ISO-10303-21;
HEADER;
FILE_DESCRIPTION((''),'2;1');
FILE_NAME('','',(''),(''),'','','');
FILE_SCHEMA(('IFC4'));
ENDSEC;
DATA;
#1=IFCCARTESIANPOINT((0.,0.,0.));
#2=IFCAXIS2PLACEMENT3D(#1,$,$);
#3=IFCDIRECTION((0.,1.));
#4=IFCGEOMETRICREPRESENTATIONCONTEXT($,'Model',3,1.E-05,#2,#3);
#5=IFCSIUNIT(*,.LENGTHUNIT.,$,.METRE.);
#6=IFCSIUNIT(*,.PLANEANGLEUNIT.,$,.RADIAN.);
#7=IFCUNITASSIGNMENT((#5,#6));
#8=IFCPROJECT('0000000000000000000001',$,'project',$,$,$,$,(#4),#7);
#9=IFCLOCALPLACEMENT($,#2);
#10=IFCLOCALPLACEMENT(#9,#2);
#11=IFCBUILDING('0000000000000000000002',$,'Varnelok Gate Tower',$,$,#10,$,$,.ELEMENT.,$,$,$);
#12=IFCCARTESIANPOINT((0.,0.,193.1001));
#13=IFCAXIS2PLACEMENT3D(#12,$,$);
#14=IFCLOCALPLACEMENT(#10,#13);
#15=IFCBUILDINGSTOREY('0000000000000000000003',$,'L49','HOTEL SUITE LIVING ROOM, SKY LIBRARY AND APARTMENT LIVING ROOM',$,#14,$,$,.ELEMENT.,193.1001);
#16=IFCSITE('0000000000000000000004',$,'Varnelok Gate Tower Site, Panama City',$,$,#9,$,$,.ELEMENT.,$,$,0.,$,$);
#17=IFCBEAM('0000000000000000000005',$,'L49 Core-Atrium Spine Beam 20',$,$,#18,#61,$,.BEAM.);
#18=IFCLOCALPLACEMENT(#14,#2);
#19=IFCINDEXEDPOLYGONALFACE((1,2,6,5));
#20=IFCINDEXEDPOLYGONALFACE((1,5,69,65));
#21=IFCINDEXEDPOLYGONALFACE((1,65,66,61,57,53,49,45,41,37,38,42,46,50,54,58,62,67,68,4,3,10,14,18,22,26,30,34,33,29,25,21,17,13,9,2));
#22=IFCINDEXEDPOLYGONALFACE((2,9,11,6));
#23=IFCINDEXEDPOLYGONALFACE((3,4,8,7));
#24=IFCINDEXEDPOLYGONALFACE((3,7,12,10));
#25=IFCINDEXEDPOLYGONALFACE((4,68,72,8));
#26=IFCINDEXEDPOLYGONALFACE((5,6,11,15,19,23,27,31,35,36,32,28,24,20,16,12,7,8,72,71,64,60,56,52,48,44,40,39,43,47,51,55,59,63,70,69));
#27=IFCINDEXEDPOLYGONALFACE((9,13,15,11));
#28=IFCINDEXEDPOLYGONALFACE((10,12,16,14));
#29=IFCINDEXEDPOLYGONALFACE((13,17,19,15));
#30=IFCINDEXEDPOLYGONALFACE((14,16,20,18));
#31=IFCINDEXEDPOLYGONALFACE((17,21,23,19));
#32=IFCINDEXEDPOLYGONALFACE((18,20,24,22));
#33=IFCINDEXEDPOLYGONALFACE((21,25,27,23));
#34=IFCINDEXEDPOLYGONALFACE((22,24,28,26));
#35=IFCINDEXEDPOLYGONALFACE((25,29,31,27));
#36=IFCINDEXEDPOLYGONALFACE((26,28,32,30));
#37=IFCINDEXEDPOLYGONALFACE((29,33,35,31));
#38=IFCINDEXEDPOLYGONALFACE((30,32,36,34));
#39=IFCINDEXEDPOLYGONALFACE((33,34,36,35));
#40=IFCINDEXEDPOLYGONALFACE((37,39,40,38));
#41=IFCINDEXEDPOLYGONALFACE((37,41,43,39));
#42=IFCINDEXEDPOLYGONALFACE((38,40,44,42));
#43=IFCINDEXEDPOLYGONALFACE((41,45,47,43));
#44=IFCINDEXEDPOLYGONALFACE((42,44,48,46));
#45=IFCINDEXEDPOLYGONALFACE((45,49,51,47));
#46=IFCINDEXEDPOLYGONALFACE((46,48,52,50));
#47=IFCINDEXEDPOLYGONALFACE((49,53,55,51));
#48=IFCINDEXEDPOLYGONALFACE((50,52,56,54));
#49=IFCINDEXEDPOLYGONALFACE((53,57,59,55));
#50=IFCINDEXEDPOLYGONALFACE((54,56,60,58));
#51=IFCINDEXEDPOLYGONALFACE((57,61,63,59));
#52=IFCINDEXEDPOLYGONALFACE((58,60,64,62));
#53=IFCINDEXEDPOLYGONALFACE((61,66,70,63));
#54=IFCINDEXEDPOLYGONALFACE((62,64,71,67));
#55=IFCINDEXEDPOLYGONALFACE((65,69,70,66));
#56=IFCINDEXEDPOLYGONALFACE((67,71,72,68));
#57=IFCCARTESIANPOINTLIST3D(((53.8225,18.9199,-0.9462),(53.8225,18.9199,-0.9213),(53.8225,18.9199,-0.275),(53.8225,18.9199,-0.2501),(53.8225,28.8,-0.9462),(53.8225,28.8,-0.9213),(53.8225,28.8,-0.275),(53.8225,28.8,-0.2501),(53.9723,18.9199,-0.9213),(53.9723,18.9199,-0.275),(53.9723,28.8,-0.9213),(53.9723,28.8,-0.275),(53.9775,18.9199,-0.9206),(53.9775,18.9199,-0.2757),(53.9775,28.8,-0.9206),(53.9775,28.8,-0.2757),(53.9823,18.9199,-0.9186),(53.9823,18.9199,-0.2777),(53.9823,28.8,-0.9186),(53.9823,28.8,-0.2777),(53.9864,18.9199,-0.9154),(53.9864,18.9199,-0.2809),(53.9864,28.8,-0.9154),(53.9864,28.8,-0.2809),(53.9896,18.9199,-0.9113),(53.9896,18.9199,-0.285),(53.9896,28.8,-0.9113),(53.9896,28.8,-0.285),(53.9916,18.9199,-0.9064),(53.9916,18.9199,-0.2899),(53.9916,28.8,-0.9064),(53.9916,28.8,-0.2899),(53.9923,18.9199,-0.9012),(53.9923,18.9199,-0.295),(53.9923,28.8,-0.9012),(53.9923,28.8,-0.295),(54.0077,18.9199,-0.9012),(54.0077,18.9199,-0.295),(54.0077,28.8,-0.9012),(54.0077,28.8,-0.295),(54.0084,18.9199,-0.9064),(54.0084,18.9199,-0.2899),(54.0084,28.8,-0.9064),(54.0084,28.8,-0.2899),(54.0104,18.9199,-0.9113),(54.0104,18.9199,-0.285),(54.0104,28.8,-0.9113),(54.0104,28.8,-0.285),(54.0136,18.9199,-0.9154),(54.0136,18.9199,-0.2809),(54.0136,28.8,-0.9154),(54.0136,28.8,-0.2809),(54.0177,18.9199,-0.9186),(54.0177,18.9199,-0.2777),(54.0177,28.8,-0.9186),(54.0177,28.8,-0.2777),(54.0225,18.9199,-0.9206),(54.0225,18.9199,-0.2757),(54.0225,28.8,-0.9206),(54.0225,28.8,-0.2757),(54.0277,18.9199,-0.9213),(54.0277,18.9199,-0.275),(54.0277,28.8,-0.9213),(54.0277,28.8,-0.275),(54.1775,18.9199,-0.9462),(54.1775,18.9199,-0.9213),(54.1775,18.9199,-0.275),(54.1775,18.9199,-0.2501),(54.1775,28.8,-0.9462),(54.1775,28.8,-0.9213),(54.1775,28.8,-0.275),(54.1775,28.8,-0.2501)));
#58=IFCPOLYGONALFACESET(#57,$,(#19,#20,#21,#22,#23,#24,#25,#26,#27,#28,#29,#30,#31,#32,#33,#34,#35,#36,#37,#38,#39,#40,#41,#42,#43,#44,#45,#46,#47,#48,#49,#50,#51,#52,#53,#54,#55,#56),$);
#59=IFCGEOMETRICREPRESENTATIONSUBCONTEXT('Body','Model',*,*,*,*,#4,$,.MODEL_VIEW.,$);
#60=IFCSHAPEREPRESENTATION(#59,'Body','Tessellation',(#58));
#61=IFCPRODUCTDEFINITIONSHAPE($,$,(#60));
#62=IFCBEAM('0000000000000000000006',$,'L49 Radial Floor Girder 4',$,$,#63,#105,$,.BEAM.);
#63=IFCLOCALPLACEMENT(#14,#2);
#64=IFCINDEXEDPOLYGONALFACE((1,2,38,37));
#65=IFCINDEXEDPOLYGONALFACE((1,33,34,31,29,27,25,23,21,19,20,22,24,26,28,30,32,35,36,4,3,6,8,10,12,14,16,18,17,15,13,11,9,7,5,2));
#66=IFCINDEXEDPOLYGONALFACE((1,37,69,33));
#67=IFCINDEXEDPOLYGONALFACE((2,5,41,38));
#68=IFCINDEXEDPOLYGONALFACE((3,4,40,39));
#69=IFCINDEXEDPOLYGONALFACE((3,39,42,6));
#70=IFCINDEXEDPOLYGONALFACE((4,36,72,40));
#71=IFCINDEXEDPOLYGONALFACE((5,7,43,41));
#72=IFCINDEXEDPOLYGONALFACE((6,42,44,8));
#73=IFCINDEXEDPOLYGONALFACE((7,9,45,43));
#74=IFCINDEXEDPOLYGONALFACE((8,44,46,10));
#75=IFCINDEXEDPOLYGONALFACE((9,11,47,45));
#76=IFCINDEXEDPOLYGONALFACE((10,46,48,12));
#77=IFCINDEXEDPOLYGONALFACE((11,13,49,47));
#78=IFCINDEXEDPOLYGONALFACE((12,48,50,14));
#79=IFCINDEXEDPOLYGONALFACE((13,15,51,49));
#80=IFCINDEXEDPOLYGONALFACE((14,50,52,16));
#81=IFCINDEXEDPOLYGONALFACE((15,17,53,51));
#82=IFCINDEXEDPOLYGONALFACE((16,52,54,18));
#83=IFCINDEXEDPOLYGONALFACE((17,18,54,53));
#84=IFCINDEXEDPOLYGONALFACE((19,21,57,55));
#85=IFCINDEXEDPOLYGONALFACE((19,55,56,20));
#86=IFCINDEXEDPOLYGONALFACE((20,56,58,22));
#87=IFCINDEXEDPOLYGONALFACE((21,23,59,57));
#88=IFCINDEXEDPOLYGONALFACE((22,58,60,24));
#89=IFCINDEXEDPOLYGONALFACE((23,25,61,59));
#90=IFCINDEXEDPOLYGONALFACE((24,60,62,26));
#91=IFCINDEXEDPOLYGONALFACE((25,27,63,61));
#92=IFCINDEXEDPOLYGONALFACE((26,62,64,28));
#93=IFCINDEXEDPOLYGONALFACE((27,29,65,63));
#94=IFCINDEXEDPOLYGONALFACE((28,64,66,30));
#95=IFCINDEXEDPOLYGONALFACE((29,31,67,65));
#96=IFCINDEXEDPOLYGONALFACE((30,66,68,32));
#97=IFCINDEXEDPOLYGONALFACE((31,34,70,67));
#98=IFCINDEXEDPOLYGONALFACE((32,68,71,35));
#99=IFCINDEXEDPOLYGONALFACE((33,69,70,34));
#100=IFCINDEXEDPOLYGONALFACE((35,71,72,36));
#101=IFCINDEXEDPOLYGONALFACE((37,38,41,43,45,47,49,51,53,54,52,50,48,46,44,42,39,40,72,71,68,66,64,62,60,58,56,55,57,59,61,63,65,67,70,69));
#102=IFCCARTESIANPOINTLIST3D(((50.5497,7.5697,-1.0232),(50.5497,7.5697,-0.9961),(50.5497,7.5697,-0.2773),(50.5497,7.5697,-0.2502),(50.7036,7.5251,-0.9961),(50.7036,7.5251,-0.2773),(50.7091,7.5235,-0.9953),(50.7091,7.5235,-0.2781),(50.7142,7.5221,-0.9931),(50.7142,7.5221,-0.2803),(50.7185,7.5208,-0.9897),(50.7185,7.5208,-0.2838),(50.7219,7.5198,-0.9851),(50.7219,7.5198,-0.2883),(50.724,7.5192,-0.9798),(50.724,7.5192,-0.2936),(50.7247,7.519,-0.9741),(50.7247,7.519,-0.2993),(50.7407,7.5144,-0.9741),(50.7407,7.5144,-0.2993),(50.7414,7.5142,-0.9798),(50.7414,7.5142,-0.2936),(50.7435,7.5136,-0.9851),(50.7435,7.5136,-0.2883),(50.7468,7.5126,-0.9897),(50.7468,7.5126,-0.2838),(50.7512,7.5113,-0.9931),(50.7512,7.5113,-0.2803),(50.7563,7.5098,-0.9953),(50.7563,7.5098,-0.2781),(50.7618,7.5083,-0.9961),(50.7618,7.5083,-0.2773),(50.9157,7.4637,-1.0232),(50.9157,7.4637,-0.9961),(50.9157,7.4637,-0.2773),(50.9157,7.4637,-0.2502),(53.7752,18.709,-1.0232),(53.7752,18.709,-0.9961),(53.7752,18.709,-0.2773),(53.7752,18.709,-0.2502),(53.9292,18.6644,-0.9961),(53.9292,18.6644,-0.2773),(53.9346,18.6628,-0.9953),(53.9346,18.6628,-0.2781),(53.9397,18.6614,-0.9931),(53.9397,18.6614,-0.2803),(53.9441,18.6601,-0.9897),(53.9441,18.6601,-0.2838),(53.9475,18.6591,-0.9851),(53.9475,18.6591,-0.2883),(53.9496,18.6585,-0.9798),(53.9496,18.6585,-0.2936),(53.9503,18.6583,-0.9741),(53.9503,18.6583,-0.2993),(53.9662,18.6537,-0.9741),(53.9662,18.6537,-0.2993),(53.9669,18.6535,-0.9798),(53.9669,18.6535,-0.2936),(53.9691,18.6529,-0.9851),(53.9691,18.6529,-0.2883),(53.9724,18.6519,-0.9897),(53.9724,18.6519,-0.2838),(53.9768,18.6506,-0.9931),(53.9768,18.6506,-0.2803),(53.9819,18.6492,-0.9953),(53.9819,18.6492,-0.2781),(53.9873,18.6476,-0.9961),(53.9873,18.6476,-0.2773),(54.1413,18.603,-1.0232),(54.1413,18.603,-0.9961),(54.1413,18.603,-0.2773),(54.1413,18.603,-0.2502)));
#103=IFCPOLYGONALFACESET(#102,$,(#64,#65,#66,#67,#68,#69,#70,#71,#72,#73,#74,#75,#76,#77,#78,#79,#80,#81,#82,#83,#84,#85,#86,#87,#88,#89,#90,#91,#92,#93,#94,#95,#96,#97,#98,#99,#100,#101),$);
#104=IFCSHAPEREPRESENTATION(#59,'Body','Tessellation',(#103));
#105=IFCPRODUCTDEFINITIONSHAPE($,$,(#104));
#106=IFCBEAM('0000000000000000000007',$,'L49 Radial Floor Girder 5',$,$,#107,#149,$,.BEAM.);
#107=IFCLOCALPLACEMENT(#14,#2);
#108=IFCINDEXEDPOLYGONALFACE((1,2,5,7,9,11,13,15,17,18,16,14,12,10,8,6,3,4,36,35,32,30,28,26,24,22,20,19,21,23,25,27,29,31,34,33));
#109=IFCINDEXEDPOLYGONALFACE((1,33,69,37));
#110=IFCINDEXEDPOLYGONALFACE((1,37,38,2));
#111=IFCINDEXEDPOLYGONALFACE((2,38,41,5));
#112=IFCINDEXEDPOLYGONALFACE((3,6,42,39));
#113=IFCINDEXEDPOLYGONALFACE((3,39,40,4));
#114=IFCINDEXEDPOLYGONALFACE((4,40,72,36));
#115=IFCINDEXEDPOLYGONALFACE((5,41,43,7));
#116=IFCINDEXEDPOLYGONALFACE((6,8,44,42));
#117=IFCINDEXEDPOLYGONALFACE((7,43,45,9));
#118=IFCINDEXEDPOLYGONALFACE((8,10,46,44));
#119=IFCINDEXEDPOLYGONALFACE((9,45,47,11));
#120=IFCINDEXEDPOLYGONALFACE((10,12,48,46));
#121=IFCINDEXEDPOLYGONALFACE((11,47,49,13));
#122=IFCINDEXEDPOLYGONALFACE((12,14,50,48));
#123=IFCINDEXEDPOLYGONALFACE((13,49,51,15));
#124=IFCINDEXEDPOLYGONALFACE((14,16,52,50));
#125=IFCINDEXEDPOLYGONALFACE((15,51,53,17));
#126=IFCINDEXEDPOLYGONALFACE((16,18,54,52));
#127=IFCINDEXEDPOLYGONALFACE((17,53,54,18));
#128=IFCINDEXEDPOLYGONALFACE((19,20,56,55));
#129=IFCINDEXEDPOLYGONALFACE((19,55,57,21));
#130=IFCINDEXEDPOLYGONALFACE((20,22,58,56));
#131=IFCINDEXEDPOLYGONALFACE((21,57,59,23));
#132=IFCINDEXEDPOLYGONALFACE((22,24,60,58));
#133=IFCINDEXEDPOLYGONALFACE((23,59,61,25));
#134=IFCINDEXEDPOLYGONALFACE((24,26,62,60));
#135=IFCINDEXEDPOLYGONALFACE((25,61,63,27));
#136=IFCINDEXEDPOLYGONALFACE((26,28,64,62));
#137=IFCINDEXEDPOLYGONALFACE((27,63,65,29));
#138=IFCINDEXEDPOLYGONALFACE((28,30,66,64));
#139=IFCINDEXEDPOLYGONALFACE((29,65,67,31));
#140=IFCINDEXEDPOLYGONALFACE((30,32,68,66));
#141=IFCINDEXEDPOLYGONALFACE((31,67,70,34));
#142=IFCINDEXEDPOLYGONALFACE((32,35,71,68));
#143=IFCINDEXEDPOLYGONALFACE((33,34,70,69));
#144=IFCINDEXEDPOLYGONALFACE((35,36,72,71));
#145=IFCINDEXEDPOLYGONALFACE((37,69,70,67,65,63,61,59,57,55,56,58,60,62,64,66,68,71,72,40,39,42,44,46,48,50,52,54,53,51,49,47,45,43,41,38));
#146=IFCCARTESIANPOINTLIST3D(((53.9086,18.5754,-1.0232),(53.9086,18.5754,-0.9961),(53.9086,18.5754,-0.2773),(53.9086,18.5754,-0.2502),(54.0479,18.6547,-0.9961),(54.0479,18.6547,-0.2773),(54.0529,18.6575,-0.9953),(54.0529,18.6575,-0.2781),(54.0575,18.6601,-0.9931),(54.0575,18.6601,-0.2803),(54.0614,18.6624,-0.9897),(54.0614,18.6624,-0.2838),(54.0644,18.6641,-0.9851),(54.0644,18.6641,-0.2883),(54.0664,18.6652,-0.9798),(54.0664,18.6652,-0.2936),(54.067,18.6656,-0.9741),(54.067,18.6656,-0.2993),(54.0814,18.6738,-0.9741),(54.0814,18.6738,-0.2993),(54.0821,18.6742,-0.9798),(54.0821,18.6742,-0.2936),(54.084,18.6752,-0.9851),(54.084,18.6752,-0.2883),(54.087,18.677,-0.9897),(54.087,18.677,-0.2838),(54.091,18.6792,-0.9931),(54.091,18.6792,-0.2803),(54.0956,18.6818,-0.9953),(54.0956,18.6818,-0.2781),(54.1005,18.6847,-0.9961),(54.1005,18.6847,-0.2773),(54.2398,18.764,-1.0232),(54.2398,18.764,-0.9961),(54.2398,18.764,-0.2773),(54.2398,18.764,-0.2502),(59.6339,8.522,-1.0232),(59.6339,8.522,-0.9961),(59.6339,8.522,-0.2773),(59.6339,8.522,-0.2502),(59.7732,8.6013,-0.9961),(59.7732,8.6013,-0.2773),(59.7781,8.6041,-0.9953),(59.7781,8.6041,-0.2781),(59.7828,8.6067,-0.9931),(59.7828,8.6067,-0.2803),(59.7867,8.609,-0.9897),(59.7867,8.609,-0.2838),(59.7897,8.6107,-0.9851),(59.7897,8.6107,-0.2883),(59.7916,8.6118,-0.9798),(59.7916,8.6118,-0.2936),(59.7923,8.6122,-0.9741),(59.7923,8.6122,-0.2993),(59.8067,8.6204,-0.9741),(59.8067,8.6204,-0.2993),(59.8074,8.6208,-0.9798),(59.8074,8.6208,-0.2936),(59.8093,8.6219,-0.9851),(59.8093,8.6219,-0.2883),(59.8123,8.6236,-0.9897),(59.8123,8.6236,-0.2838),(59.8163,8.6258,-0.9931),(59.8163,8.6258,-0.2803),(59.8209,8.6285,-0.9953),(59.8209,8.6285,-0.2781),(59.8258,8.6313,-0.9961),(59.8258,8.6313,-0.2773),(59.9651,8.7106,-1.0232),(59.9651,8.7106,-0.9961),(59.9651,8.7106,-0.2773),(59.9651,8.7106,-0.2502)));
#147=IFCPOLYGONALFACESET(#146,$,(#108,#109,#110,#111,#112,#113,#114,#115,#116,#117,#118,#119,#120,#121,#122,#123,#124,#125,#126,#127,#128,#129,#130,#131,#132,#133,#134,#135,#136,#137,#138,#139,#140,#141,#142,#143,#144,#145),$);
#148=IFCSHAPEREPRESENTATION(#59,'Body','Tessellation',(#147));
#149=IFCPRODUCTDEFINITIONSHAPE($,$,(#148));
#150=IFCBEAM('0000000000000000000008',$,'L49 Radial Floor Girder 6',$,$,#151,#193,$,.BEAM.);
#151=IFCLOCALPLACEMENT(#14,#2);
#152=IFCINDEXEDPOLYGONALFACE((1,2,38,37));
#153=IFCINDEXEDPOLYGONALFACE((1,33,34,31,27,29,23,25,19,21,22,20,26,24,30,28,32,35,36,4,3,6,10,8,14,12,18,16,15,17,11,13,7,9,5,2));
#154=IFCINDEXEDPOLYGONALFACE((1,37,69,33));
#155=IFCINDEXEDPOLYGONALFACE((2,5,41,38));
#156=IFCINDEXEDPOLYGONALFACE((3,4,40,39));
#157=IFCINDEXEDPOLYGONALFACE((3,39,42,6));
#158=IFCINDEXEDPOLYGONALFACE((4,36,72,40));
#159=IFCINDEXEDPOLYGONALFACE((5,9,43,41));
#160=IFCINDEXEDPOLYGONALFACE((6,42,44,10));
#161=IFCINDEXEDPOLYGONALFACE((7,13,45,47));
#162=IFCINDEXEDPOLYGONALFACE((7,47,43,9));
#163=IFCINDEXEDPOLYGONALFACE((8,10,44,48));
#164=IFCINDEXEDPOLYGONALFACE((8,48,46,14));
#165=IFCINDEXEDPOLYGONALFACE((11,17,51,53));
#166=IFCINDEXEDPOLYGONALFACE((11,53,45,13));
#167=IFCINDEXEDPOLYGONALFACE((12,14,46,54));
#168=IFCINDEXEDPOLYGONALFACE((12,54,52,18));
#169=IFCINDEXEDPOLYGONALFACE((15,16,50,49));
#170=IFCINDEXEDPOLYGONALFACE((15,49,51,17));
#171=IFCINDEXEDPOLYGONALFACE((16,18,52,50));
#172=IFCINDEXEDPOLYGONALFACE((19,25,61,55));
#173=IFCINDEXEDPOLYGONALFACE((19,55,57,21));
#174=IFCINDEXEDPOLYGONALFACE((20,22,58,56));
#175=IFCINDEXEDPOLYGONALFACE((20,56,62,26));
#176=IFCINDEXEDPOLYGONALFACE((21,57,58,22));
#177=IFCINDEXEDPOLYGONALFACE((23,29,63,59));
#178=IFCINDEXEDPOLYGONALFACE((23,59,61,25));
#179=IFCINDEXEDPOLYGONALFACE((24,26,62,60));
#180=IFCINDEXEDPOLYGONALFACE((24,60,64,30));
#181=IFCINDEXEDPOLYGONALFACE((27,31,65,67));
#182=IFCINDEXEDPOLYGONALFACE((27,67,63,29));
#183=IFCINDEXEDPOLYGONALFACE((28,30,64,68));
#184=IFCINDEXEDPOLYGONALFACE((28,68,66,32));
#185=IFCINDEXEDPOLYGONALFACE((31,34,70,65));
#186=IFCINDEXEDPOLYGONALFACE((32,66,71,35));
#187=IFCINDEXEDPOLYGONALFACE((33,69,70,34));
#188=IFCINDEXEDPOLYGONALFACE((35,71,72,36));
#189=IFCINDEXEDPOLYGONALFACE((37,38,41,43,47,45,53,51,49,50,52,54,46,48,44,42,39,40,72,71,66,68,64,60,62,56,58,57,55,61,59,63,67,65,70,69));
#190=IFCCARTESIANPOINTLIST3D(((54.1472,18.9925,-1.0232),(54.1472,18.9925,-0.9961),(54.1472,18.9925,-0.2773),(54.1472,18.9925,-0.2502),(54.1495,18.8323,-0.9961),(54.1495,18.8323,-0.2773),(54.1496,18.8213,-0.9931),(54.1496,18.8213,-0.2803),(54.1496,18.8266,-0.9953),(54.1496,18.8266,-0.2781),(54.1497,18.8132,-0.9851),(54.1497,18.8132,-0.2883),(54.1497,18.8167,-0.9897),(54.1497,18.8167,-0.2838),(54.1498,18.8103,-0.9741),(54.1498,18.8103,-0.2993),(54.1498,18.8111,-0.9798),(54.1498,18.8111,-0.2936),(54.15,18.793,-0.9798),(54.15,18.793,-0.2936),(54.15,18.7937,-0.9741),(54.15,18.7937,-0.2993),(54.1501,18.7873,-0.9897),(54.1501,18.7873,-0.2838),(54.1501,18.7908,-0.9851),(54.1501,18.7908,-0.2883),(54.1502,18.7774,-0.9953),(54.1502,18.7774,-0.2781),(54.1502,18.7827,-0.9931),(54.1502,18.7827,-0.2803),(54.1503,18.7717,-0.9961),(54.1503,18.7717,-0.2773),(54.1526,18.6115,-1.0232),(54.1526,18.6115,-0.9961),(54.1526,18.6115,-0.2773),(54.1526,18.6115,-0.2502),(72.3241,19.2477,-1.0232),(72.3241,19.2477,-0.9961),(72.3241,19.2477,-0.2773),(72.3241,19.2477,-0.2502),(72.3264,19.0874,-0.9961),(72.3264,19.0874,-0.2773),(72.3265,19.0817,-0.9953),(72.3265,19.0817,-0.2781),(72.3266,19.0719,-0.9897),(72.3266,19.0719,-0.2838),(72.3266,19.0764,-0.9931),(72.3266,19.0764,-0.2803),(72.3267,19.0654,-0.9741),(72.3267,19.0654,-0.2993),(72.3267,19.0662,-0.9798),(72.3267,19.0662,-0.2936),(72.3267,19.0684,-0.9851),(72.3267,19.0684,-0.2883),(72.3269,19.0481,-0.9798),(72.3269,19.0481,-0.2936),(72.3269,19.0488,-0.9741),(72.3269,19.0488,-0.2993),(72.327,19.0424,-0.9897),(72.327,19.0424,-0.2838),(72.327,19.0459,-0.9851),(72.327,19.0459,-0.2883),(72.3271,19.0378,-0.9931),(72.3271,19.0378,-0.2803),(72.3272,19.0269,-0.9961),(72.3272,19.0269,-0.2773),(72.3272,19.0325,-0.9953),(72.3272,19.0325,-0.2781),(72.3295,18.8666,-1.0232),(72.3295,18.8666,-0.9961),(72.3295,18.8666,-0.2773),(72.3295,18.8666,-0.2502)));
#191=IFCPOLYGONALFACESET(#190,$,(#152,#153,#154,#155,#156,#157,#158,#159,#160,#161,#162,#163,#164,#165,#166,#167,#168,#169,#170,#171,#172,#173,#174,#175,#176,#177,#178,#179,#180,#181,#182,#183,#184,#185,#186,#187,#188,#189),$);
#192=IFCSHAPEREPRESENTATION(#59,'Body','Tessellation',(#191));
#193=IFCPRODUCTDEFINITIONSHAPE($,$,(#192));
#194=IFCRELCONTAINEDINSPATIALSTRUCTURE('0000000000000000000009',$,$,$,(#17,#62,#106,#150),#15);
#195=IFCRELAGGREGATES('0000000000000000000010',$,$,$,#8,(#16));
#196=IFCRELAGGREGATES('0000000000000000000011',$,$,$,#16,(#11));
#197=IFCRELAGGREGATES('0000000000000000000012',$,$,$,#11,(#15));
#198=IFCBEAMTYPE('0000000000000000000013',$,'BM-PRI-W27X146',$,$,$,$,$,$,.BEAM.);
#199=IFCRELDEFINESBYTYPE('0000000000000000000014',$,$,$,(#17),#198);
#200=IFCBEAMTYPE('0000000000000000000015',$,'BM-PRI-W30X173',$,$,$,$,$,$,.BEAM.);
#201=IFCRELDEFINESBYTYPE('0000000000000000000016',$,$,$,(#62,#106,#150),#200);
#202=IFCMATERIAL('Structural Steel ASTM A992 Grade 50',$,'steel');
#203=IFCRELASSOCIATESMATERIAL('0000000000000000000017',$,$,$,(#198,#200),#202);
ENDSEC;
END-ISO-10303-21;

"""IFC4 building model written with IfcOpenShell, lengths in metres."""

from ifc_helpers import new_model, si_unit, direction, frame, origin, origin_2d, place, context, subcontext, project, spatial, i_section, extrude, material, material_profile, profile_set, type_object, element, save


model = new_model("IFC4")

# Units and contexts
model_context = context("Model", 3, precision=1e-05, world=origin(), true_north=direction((0.0, 1.0)))
body_context = subcontext(model_context, "Body", "Model", "MODEL_VIEW")
ifc_project = project(units=[si_unit("LENGTHUNIT", "METRE"), si_unit("PLANEANGLEUNIT", "RADIAN")], contexts=[model_context])

# Site, building, storey
site_placement = place(None, origin())
site = spatial("IfcSite", under=ifc_project, at=site_placement, Name="Varnelok Gate Tower Site, Panama City", CompositionType="ELEMENT", RefElevation=0.0)
building_placement = place(site_placement, origin())
building = spatial("IfcBuilding", under=site, at=building_placement, Name="Varnelok Gate Tower", CompositionType="ELEMENT")
storey_placement = place(building_placement, frame((0.0, 0.0, 193.1001)))
storey = spatial("IfcBuildingStorey", under=building, at=storey_placement, Name="L49", Description="HOTEL SUITE LIVING ROOM, SKY LIBRARY AND APARTMENT LIVING ROOM", CompositionType="ELEMENT", Elevation=193.1001)

# Shared definitions
ifc_material_1 = material(Name="Structural Steel ASTM A992 Grade 50", Category="steel")

# Beams
ifc_material_profile_1 = material_profile(ifc_material_1, i_section(OverallWidth=0.355, OverallDepth=0.696, WebThickness=0.0154, FlangeThickness=0.0249, FilletRadius=0.02, at=origin_2d()), Name="W27X146")
ifc_profile_set_1 = profile_set([ifc_material_profile_1], Name="Structural Steel ASTM A992 Grade 50")
beam_type_1 = type_object("IfcBeamType", Name="BM-PRI-W27X146", PredefinedType="BEAM", material=ifc_profile_set_1)
beam_1_placement = place(storey_placement, frame((54.0, 18.9199, -0.5981), z_axis=(0.0, 1.0, 0.0), x_axis=(-1.0, 0.0, 0.0)))
element("IfcBeam", 1, at=beam_1_placement, inside=storey, type_object=beam_type_1, Name="L49 Core-Atrium Spine Beam 20", PredefinedType="BEAM", context=body_context, shape_type="SweptSolid", body=[
    extrude(i_section(OverallWidth=0.355, OverallDepth=0.696, WebThickness=0.0154, FlangeThickness=0.0249, FilletRadius=0.02, at=origin_2d()), origin(), (0.0, 0.0, 1.0), 9.8801),
])
ifc_material_profile_2 = material_profile(ifc_material_1, i_section(OverallWidth=0.3811, OverallDepth=0.7729, WebThickness=0.0166, FlangeThickness=0.0271, FilletRadius=0.022, at=origin_2d()), Name="W30X173")
ifc_profile_set_2 = profile_set([ifc_material_profile_2], Name="Structural Steel ASTM A992 Grade 50")
beam_type_2 = type_object("IfcBeamType", Name="BM-PRI-W30X173", PredefinedType="BEAM", material=ifc_profile_set_2)
beam_2_placement = place(storey_placement, frame((53.9583, 18.656, -0.6367), z_axis=(-0.278139, -0.960541, 0.0), x_axis=(0.960541, -0.278139, 0.0)))
element("IfcBeam", 2, at=beam_2_placement, inside=storey, type_object=beam_type_2, Name="L49 Radial Floor Girder 4", PredefinedType="BEAM", context=body_context, shape_type="SweptSolid", body=[
    extrude(i_section(OverallWidth=0.3811, OverallDepth=0.7729, WebThickness=0.0166, FlangeThickness=0.0271, FilletRadius=0.022, at=origin_2d()), origin(), (0.0, 0.0, 1.0), 11.5969),
])
beam_3_placement = place(storey_placement, frame((54.0742, 18.6697, -0.6367), z_axis=(0.494868, -0.868968, 0.0), x_axis=(0.868968, 0.494868, 0.0)))
element("IfcBeam", 3, at=beam_3_placement, inside=storey, type_object=beam_type_2, Name="L49 Radial Floor Girder 5", PredefinedType="BEAM", context=body_context, shape_type="SweptSolid", body=[
    extrude(i_section(OverallWidth=0.3811, OverallDepth=0.7729, WebThickness=0.0166, FlangeThickness=0.0271, FilletRadius=0.022, at=origin_2d()), origin(), (0.0, 0.0, 1.0), 11.5693),
])
beam_4_placement = place(storey_placement, frame((54.1499, 18.802, -0.6367), z_axis=(0.999902, 0.014034, 0.0), x_axis=(-0.014034, 0.999902, 0.0)))
element("IfcBeam", 4, at=beam_4_placement, inside=storey, type_object=beam_type_2, Name="L49 Radial Floor Girder 6", PredefinedType="BEAM", context=body_context, shape_type="SweptSolid", body=[
    extrude(i_section(OverallWidth=0.3811, OverallDepth=0.7729, WebThickness=0.0166, FlangeThickness=0.0271, FilletRadius=0.022, at=origin_2d()), origin(), (0.0, 0.0, 1.0), 18.1787),
])

save(model, "model.ifc")
